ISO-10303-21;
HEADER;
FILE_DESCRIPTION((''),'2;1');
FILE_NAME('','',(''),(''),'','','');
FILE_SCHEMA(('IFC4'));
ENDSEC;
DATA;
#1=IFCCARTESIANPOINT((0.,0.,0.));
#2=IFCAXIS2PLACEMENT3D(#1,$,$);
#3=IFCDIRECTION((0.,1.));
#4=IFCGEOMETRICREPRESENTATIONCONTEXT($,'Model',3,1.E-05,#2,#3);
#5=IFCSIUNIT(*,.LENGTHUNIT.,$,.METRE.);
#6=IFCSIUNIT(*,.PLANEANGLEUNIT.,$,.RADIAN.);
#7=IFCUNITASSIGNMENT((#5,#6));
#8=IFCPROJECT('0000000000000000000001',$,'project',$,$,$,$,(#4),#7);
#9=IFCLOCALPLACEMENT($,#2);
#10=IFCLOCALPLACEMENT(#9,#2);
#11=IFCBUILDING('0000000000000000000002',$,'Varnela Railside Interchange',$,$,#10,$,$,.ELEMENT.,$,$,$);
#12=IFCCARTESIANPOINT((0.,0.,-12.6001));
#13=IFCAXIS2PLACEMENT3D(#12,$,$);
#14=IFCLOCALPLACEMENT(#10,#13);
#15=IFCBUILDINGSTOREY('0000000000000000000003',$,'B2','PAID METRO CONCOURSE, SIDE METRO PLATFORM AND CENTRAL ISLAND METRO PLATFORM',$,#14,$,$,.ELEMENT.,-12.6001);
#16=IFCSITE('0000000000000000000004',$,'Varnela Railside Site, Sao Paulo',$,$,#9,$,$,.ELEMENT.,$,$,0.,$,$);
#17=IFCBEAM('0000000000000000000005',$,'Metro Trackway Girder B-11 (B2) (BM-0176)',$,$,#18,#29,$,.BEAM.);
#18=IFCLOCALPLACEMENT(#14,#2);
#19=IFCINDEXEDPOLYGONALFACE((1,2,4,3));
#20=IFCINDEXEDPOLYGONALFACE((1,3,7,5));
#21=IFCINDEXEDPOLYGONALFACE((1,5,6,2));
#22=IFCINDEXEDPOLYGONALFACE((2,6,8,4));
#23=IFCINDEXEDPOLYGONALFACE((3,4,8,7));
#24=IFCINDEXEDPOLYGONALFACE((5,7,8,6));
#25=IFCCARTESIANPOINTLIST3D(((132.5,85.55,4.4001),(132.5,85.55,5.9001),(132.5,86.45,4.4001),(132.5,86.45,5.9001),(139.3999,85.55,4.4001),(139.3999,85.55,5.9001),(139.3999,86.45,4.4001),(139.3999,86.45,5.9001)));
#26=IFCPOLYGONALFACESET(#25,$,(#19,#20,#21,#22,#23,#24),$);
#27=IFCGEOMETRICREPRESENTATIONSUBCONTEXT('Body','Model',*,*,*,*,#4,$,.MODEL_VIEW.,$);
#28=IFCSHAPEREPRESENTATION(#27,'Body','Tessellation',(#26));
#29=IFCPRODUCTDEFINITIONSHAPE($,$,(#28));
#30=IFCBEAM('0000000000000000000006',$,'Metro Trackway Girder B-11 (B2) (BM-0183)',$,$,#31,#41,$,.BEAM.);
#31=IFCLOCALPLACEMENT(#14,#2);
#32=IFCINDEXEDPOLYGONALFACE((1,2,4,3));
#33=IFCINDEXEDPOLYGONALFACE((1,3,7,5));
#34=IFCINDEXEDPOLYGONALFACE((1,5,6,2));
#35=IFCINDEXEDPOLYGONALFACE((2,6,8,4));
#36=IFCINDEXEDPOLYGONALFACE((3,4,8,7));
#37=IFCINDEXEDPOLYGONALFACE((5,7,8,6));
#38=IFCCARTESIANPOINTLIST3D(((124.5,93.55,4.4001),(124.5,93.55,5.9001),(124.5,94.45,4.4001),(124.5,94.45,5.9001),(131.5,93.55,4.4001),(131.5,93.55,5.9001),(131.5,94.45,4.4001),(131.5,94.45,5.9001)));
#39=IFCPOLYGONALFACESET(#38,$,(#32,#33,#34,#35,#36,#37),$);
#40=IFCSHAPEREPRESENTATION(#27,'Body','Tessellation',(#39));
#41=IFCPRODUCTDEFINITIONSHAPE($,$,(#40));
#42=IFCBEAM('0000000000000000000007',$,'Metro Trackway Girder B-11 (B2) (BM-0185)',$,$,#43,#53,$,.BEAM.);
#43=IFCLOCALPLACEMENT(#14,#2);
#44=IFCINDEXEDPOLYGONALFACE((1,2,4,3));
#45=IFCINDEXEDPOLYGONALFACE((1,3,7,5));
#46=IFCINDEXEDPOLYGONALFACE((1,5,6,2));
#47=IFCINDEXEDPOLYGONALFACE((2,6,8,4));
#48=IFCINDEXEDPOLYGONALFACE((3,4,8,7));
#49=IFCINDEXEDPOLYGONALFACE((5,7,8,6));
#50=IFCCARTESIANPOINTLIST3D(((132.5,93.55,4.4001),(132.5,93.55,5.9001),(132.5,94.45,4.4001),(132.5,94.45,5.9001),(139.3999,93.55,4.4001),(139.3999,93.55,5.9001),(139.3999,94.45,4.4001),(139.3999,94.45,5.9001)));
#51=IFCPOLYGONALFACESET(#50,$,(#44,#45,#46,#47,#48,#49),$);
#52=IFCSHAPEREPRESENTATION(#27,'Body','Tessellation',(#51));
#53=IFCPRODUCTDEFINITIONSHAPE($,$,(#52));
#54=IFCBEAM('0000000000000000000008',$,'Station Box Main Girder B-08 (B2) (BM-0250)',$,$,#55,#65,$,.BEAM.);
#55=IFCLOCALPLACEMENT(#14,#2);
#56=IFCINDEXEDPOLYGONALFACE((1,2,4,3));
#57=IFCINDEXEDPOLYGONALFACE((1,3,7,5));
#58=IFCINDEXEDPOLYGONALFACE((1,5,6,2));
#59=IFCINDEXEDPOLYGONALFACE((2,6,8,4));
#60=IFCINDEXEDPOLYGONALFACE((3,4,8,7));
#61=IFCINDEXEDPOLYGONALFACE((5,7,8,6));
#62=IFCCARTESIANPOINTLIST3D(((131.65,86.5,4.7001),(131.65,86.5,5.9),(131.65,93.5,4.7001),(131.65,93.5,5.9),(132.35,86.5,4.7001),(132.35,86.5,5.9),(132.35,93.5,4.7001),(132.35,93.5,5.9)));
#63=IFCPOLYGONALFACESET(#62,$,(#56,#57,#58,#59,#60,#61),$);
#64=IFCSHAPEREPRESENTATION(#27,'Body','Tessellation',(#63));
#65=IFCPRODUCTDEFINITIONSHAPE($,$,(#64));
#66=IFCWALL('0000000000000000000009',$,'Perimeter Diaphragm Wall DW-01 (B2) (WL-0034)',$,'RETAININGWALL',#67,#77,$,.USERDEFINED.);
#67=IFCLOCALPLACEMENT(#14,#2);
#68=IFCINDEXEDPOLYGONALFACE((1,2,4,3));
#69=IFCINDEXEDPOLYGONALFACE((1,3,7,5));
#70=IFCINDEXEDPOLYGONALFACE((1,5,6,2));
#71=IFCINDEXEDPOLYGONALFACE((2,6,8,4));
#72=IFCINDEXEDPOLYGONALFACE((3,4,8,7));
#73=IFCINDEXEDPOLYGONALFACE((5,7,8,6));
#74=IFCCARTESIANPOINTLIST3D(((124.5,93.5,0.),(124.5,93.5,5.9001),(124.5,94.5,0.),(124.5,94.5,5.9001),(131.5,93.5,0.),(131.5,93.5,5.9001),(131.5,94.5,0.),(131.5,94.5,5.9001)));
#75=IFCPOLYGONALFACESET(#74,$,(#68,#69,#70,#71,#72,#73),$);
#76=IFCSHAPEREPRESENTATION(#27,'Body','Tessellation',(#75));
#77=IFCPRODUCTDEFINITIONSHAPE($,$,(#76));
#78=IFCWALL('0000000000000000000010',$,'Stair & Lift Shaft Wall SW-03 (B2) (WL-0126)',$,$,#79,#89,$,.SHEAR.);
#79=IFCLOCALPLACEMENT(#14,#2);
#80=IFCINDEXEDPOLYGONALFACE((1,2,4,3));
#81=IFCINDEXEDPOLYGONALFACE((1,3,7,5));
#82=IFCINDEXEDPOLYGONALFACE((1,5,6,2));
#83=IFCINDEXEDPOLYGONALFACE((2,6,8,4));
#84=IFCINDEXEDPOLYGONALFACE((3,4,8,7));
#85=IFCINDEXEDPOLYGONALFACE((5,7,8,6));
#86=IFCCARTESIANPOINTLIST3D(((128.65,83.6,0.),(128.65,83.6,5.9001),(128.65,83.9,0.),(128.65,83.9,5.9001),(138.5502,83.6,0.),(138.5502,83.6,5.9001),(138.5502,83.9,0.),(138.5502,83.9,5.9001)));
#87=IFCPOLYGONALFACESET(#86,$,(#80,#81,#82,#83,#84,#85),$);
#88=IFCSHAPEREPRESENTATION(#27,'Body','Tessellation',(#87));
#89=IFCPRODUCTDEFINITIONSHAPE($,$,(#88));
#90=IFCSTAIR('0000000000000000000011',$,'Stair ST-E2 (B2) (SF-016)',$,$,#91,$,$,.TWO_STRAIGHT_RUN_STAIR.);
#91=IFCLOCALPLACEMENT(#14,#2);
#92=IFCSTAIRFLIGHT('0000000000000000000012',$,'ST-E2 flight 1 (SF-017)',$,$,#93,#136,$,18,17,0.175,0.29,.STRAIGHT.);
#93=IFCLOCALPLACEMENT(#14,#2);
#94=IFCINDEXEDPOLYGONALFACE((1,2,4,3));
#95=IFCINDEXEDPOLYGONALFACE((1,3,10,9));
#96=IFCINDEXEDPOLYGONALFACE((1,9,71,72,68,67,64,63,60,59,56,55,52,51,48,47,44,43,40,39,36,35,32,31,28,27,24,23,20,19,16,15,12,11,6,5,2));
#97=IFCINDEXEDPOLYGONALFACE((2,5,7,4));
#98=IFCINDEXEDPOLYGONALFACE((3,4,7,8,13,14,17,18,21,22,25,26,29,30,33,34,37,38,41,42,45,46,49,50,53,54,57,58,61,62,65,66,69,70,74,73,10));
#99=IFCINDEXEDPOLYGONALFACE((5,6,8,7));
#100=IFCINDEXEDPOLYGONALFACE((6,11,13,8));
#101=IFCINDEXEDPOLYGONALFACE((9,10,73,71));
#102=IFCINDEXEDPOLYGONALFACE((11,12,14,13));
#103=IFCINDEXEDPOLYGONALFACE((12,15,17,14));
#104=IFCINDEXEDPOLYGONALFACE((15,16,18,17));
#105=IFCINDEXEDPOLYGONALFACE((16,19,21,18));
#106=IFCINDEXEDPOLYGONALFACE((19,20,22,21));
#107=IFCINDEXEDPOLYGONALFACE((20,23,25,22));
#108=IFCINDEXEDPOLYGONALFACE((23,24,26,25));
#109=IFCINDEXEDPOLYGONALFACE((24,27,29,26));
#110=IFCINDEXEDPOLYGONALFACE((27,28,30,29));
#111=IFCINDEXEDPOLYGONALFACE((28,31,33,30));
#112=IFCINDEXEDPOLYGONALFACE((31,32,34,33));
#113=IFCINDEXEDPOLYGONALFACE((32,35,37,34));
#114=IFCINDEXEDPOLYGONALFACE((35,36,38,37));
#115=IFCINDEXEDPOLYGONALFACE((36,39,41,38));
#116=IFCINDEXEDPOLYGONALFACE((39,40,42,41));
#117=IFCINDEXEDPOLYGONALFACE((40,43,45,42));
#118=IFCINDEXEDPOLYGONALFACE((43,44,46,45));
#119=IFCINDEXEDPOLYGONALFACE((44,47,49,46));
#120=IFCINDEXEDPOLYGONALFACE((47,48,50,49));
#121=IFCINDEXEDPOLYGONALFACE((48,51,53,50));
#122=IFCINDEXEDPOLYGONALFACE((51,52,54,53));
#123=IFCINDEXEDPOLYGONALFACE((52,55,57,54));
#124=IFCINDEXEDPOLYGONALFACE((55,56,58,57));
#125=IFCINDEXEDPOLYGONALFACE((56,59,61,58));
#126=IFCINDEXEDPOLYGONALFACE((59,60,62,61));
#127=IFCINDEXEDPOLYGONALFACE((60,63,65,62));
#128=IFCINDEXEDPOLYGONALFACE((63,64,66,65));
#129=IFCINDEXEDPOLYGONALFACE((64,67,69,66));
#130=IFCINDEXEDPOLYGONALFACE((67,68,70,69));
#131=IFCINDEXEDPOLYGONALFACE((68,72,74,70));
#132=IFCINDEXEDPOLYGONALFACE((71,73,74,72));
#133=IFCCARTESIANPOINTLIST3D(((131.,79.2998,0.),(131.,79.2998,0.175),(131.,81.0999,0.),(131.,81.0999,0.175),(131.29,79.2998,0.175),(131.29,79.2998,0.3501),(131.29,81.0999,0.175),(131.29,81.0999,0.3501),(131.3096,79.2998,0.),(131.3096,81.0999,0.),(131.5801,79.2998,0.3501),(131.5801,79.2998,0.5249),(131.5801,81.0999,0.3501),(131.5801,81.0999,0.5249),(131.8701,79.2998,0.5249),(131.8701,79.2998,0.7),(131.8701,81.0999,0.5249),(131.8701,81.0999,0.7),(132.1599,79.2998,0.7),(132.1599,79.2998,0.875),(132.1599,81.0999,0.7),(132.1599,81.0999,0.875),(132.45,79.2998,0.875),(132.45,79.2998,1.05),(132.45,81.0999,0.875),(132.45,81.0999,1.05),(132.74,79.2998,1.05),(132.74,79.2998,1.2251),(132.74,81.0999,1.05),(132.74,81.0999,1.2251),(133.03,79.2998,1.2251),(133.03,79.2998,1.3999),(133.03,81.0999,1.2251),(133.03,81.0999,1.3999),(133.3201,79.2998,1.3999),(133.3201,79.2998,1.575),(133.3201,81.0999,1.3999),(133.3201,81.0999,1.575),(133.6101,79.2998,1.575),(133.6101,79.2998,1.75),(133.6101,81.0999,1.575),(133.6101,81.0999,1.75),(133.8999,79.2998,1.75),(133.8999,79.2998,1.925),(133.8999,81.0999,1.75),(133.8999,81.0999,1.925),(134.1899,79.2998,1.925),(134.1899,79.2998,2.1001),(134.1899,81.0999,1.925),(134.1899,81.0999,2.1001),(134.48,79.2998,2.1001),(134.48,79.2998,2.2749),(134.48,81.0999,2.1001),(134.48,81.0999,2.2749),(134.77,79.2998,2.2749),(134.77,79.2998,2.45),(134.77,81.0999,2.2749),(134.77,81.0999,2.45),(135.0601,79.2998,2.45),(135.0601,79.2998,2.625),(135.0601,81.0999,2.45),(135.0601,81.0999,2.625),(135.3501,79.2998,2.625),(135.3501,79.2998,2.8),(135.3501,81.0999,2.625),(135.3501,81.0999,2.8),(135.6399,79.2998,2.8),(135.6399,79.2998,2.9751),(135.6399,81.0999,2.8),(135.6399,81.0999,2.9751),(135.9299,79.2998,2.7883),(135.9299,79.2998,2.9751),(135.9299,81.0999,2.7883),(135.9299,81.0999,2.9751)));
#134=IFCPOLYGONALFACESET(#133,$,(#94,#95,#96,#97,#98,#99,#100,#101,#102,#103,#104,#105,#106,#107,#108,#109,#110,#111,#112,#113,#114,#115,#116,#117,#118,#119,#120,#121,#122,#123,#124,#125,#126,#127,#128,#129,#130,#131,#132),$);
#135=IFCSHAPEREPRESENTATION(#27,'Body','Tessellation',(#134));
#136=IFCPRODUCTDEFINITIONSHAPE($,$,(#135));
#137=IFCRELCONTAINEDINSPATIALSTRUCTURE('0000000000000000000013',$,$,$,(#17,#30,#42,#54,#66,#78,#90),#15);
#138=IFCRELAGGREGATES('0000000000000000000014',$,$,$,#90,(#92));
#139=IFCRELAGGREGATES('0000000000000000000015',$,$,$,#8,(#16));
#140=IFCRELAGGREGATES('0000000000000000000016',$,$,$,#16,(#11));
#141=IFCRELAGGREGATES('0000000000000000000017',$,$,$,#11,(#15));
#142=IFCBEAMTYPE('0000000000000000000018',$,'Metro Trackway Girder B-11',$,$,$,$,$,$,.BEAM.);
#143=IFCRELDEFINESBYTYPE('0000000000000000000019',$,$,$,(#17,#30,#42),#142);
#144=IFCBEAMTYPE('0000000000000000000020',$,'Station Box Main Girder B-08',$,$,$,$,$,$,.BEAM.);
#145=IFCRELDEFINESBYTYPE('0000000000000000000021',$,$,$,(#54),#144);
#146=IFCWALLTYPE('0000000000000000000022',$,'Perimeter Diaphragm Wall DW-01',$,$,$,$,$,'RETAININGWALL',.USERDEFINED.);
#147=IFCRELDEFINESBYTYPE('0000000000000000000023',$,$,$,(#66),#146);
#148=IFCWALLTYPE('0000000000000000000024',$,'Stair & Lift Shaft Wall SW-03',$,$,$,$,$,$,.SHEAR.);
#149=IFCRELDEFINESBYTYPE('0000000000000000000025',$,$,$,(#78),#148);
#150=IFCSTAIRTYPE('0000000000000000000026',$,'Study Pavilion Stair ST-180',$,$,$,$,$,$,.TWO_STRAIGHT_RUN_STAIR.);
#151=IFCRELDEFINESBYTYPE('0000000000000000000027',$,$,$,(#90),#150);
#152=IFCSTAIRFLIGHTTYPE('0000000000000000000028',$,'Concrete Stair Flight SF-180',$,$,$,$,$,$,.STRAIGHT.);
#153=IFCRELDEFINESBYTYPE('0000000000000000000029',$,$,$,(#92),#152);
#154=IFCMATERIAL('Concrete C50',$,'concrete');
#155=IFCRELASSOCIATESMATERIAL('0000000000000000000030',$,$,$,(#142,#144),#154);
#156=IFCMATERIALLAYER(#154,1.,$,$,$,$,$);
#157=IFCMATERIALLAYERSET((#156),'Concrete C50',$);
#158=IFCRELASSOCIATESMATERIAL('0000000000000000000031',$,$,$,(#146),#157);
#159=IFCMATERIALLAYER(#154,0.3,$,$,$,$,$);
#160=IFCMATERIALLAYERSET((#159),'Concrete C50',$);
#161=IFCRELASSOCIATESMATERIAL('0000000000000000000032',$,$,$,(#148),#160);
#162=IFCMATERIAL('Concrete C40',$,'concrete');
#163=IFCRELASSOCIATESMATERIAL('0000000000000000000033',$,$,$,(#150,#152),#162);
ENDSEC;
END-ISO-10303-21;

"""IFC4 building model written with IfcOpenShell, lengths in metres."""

from ifc_helpers import new_model, si_unit, direction, frame, frame_2d, origin, origin_2d, place, context, subcontext, project, spatial, polyline, rectangle, outline, extrude, material, layer, layer_set, material_profile, profile_set, type_object, element, aggregate, save


model = new_model("IFC4")

# Units and contexts
model_context = context("Model", 3, precision=1e-05, world=origin(), true_north=direction((0.0, 1.0)))
body_context = subcontext(model_context, "Body", "Model", "MODEL_VIEW")
ifc_project = project(units=[si_unit("LENGTHUNIT", "METRE"), si_unit("PLANEANGLEUNIT", "RADIAN")], contexts=[model_context])

# Site, building, storey
site_placement = place(None, origin())
site = spatial("IfcSite", under=ifc_project, at=site_placement, Name="Varnela Railside Site, Sao Paulo", CompositionType="ELEMENT", RefElevation=0.0)
building_placement = place(site_placement, origin())
building = spatial("IfcBuilding", under=site, at=building_placement, Name="Varnela Railside Interchange", CompositionType="ELEMENT")
storey_placement = place(building_placement, frame((0.0, 0.0, -12.6001)))
storey = spatial("IfcBuildingStorey", under=building, at=storey_placement, Name="B2", Description="PAID METRO CONCOURSE, SIDE METRO PLATFORM AND CENTRAL ISLAND METRO PLATFORM", CompositionType="ELEMENT", Elevation=-12.6001)

# Shared definitions
ifc_material_1 = material(Name="Concrete C40", Category="concrete")

# Shared definitions
ifc_material_2 = material(Name="Concrete C50", Category="concrete")

# Beams
ifc_material_profile_1 = material_profile(ifc_material_2, rectangle(XDim=0.8999, YDim=1.5, at=origin_2d()), Name="RC 900x1500")
ifc_profile_set_1 = profile_set([ifc_material_profile_1], Name="Concrete C50")
beam_type_1 = type_object("IfcBeamType", Name="Metro Trackway Girder B-11", PredefinedType="BEAM", material=ifc_profile_set_1)
beam_1_placement = place(storey_placement, frame((132.5, 86.0, 5.1501), z_axis=(1.0, 0.0, 0.0), x_axis=(0.0, 1.0, 0.0)))
element("IfcBeam", 1, at=beam_1_placement, inside=storey, type_object=beam_type_1, Name="Metro Trackway Girder B-11 (B2) (BM-0176)", PredefinedType="BEAM", context=body_context, shape_type="SweptSolid", body=[
    extrude(rectangle(XDim=0.8999, YDim=1.5, at=origin_2d()), origin(), (0.0, 0.0, 1.0), 6.8999),
])
beam_2_placement = place(storey_placement, frame((124.5, 94.0, 5.1501), z_axis=(1.0, 0.0, 0.0), x_axis=(0.0, 1.0, 0.0)))
element("IfcBeam", 2, at=beam_2_placement, inside=storey, type_object=beam_type_1, Name="Metro Trackway Girder B-11 (B2) (BM-0183)", PredefinedType="BEAM", context=body_context, shape_type="SweptSolid", body=[
    extrude(rectangle(XDim=0.8999, YDim=1.5, at=origin_2d()), origin(), (0.0, 0.0, 1.0), 7.0),
])
beam_3_placement = place(storey_placement, frame((132.5, 94.0, 5.1501), z_axis=(1.0, 0.0, 0.0), x_axis=(0.0, 1.0, 0.0)))
element("IfcBeam", 3, at=beam_3_placement, inside=storey, type_object=beam_type_1, Name="Metro Trackway Girder B-11 (B2) (BM-0185)", PredefinedType="BEAM", context=body_context, shape_type="SweptSolid", body=[
    extrude(rectangle(XDim=0.8999, YDim=1.5, at=origin_2d()), origin(), (0.0, 0.0, 1.0), 6.8999),
])
ifc_material_profile_2 = material_profile(ifc_material_2, rectangle(XDim=0.7, YDim=1.2, at=origin_2d()), Name="RC 700x1200")
ifc_profile_set_2 = profile_set([ifc_material_profile_2], Name="Concrete C50")
beam_type_2 = type_object("IfcBeamType", Name="Station Box Main Girder B-08", PredefinedType="BEAM", material=ifc_profile_set_2)
beam_4_placement = place(storey_placement, frame((132.0, 86.5, 5.3), z_axis=(0.0, 1.0, 0.0), x_axis=(-1.0, 0.0, 0.0)))
element("IfcBeam", 4, at=beam_4_placement, inside=storey, type_object=beam_type_2, Name="Station Box Main Girder B-08 (B2) (BM-0250)", PredefinedType="BEAM", context=body_context, shape_type="SweptSolid", body=[
    extrude(rectangle(XDim=0.7, YDim=1.2, at=origin_2d()), origin(), (0.0, 0.0, 1.0), 7.0),
])

# Walls
ifc_layer_1 = layer(ifc_material_2, 1.0)
ifc_layer_set_1 = layer_set([ifc_layer_1], Name="Concrete C50")
wall_type_1 = type_object("IfcWallType", Name="Perimeter Diaphragm Wall DW-01", ElementType="RETAININGWALL", PredefinedType="USERDEFINED", material=ifc_layer_set_1)
wall_1_placement = place(storey_placement, frame((131.5, 94.0, 0.0), z_axis=(0.0, 0.0, 1.0), x_axis=(-1.0, 0.0, 0.0)))
element("IfcWall", 5, at=wall_1_placement, inside=storey, type_object=wall_type_1, Name="Perimeter Diaphragm Wall DW-01 (B2) (WL-0034)", ObjectType="RETAININGWALL", PredefinedType="USERDEFINED", context=body_context, shape_type="SweptSolid", body=[
    extrude(rectangle(XDim=7.0, YDim=1.0, at=frame_2d((3.5, 0.0))), origin(), (0.0, 0.0, 1.0), 5.9001),
])
ifc_layer_2 = layer(ifc_material_2, 0.3)
ifc_layer_set_2 = layer_set([ifc_layer_2], Name="Concrete C50")
wall_type_2 = type_object("IfcWallType", Name="Stair & Lift Shaft Wall SW-03", PredefinedType="SHEAR", material=ifc_layer_set_2)
wall_2_placement = place(storey_placement, frame((128.6499, 83.75, 0.0), z_axis=(0.0, 0.0, 1.0), x_axis=(1.0, 0.0, 0.0)))
element("IfcWall", 6, at=wall_2_placement, inside=storey, type_object=wall_type_2, Name="Stair & Lift Shaft Wall SW-03 (B2) (WL-0126)", PredefinedType="SHEAR", context=body_context, shape_type="SweptSolid", body=[
    extrude(rectangle(XDim=9.9001, YDim=0.3, at=frame_2d((4.9502, 0.0))), origin(), (0.0, 0.0, 1.0), 5.9001),
])

# Stair, stair flight
stair_type = type_object("IfcStairType", Name="Study Pavilion Stair ST-180", PredefinedType="TWO_STRAIGHT_RUN_STAIR", material=ifc_material_1)
stair_placement = place(storey_placement, origin())
stair = element("IfcStair", 7, at=stair_placement, inside=storey, type_object=stair_type, Name="Stair ST-E2 (B2) (SF-016)", PredefinedType="TWO_STRAIGHT_RUN_STAIR")
stair_flight_type = type_object("IfcStairFlightType", Name="Concrete Stair Flight SF-180", PredefinedType="STRAIGHT", material=ifc_material_1)
stair_flight_placement = place(storey_placement, frame((131.0, 80.2, 0.0), z_axis=(0.0, 0.0, 1.0), x_axis=(1.0, 0.0, 0.0)))
stair_flight = element("IfcStairFlight", 8, at=stair_flight_placement, type_object=stair_flight_type, Name="ST-E2 flight 1 (SF-017)", NumberOfRisers=18, NumberOfTreads=17, PredefinedType="STRAIGHT", RiserHeight=0.175, TreadLength=0.29, context=body_context, shape_type="SweptSolid", body=[
    extrude(outline(polyline([(0.0, 0.0), (0.0, 0.175), (0.29, 0.175), (0.29, 0.3501), (0.5801, 0.3501), (0.5801, 0.5249), (0.8701, 0.5249), (0.8701, 0.7), (1.1599, 0.7), (1.1599, 0.875), (1.45, 0.875), (1.45, 1.05), (1.74, 1.05), (1.74, 1.2251), (2.03, 1.2251), (2.03, 1.3999), (2.3201, 1.3999), (2.3201, 1.575), (2.6101, 1.575), (2.6101, 1.75), (2.8999, 1.75), (2.8999, 1.925), (3.1899, 1.925), (3.1899, 2.1001), (3.48, 2.1001), (3.48, 2.2749), (3.77, 2.2749), (3.77, 2.45), (4.0601, 2.45), (4.0601, 2.625), (4.3501, 2.625), (4.3501, 2.8), (4.6399, 2.8), (4.6399, 2.9751), (4.9299, 2.9751), (4.9299, 3.1499), (4.9299, 2.7883), (0.3096, 0.0), (0.0, 0.0)])), frame((0.0, 0.8999, 0.0), z_axis=(0.0, -1.0, 0.0), x_axis=(1.0, 0.0, 0.0)), (0.0, 0.0, 1.0), 1.8),
])
aggregate(stair, [stair_flight])

save(model, "model.ifc")
